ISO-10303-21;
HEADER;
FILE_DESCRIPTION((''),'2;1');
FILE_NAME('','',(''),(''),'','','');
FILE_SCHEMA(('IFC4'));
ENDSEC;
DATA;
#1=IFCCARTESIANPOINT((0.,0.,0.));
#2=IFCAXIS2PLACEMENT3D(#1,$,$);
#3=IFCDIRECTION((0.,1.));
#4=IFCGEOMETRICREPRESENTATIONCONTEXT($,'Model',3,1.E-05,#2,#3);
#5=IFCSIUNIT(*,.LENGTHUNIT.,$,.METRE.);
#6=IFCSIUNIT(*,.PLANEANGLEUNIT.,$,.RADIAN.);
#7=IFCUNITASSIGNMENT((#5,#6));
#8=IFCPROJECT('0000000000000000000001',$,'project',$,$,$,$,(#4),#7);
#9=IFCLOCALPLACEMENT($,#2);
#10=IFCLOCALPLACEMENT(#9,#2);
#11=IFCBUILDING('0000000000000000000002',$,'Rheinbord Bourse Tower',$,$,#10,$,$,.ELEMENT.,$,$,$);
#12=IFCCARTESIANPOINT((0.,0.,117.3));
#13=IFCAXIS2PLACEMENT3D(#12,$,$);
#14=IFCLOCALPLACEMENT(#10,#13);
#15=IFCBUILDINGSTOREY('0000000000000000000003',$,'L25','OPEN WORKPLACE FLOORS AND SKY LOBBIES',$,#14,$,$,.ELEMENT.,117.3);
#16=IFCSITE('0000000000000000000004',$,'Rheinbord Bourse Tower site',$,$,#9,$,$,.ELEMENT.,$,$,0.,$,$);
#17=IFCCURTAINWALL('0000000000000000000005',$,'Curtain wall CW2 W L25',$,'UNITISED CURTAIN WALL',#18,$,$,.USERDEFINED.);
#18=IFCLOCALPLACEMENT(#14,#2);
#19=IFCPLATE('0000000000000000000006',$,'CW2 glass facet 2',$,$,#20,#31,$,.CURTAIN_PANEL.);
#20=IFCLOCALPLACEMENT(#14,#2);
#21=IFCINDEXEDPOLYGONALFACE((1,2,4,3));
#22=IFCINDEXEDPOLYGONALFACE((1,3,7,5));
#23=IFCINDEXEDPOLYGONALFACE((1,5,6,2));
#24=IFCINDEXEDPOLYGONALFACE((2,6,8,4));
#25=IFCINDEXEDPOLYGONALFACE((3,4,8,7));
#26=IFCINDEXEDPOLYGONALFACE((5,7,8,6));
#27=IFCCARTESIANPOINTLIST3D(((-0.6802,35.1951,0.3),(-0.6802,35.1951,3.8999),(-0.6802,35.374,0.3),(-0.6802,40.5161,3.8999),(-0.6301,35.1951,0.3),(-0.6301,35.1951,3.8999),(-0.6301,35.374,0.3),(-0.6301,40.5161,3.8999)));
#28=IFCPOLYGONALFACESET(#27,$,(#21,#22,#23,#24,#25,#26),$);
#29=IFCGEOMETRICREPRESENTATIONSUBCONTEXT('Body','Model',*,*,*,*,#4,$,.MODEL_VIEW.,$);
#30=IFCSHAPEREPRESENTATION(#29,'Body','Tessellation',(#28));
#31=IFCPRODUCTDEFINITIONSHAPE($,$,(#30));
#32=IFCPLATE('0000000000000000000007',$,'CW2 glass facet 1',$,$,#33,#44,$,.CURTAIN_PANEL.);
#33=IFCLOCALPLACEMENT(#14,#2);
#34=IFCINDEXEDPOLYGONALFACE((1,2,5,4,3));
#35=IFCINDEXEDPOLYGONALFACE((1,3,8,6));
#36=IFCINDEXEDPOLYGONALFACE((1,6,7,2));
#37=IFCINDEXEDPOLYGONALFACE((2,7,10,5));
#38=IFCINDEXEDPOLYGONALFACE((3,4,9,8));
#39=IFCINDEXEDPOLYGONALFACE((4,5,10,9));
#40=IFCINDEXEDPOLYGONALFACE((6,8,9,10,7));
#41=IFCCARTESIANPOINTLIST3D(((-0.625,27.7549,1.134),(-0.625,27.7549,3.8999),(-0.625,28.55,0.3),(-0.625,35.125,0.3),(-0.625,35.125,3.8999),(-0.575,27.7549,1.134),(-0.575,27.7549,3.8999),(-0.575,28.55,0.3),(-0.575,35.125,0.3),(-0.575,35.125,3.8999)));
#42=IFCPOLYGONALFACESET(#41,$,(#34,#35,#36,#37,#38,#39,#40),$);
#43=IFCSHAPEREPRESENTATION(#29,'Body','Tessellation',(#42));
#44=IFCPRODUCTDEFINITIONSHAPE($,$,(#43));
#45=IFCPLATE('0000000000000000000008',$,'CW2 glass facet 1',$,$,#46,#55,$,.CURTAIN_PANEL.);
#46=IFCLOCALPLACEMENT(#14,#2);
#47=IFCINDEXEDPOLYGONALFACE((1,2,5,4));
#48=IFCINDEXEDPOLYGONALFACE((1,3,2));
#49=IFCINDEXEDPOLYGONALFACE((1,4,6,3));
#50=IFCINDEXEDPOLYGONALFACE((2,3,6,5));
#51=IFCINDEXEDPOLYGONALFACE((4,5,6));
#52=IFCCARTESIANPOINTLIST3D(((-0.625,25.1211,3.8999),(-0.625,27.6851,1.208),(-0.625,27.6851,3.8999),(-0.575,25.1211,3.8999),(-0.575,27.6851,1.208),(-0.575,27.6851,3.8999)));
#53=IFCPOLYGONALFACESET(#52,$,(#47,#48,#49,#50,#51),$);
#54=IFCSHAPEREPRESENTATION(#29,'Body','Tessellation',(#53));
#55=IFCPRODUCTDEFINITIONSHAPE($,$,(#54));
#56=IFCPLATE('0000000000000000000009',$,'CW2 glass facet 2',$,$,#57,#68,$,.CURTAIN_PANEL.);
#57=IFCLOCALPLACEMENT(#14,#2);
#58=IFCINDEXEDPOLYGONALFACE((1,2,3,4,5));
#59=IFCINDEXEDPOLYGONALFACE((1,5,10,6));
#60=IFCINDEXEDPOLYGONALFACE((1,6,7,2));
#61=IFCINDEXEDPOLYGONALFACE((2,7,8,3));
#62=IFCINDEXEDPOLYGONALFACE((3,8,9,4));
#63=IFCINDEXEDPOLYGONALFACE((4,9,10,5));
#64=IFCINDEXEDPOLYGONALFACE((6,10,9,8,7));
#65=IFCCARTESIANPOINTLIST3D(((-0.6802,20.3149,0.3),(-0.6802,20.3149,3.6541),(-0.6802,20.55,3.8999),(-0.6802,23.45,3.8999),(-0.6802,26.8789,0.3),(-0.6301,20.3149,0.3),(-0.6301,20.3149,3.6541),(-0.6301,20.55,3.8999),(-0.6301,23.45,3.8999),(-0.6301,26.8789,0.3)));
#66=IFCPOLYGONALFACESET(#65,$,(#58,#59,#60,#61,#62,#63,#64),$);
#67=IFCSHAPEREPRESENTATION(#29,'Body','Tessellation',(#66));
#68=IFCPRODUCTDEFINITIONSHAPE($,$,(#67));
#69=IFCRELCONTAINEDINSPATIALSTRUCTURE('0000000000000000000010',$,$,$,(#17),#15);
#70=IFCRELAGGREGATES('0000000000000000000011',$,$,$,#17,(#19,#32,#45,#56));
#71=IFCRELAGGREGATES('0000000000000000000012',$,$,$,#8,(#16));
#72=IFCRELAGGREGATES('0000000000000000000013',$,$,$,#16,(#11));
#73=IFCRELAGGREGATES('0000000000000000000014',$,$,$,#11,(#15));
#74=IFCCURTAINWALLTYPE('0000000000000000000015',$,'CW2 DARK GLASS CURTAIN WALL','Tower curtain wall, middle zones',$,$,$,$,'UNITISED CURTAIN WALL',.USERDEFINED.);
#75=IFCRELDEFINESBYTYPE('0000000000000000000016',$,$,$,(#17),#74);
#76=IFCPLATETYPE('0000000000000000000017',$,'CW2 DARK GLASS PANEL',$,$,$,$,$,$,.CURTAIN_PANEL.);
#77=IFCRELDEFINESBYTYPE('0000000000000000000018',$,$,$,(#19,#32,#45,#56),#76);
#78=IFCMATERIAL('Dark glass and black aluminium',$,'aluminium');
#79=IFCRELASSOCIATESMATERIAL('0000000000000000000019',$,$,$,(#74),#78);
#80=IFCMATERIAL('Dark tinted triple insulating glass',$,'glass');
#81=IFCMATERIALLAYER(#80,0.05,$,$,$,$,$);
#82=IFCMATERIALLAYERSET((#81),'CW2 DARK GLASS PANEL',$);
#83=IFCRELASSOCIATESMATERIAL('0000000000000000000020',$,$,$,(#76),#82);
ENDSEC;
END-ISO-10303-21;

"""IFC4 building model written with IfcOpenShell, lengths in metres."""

from ifc_helpers import new_model, si_unit, direction, frame, origin, place, context, subcontext, project, spatial, polyline, outline, extrude, material, layer, layer_set, type_object, element, aggregate, save


model = new_model("IFC4")

# Units and contexts
model_context = context("Model", 3, precision=1e-05, world=origin(), true_north=direction((0.0, 1.0)))
body_context = subcontext(model_context, "Body", "Model", "MODEL_VIEW")
ifc_project = project(units=[si_unit("LENGTHUNIT", "METRE"), si_unit("PLANEANGLEUNIT", "RADIAN")], contexts=[model_context])

# Site, building, storey
site_placement = place(None, origin())
site = spatial("IfcSite", under=ifc_project, at=site_placement, Name="Rheinbord Bourse Tower site", CompositionType="ELEMENT", RefElevation=0.0)
building_placement = place(site_placement, origin())
building = spatial("IfcBuilding", under=site, at=building_placement, Name="Rheinbord Bourse Tower", CompositionType="ELEMENT")
storey_placement = place(building_placement, frame((0.0, 0.0, 117.3)))
storey = spatial("IfcBuildingStorey", under=building, at=storey_placement, Name="L25", Description="OPEN WORKPLACE FLOORS AND SKY LOBBIES", CompositionType="ELEMENT", Elevation=117.3)

# Curtain wall
ifc_material_1 = material(Name="Dark glass and black aluminium", Category="aluminium")
curtain_wall_type = type_object("IfcCurtainWallType", Name="CW2 DARK GLASS CURTAIN WALL", Description="Tower curtain wall, middle zones", ElementType="UNITISED CURTAIN WALL", PredefinedType="USERDEFINED", material=ifc_material_1)
curtain_wall_placement = place(storey_placement, origin())
curtain_wall = element("IfcCurtainWall", 1, at=curtain_wall_placement, inside=storey, type_object=curtain_wall_type, Name="Curtain wall CW2 W L25", ObjectType="UNITISED CURTAIN WALL", PredefinedType="USERDEFINED")

# Plates
ifc_material_2 = material(Name="Dark tinted triple insulating glass", Category="glass")
ifc_layer = layer(ifc_material_2, 0.05)
ifc_layer_set = layer_set([ifc_layer], Name="CW2 DARK GLASS PANEL")
plate_type = type_object("IfcPlateType", Name="CW2 DARK GLASS PANEL", PredefinedType="CURTAIN_PANEL", material=ifc_layer_set)
plate_1_placement = place(storey_placement, frame((-0.6802, 35.1951, 3.8999), z_axis=(1.0, 0.0, 0.0), x_axis=(0.0, 0.0, -1.0)))
plate_1 = element("IfcPlate", 2, at=plate_1_placement, type_object=plate_type, Name="CW2 glass facet 2", PredefinedType="CURTAIN_PANEL", context=body_context, shape_type="SweptSolid", body=[
    extrude(outline(polyline([(0.0, 0.0), (3.5999, 0.0), (3.5999, 0.179), (0.0, 5.321), (0.0, 0.0)])), origin(), (0.0, 0.0, 1.0), 0.05),
])
plate_2_placement = place(storey_placement, frame((-0.625, 35.125, 0.3), z_axis=(1.0, 0.0, 0.0), x_axis=(0.0, 0.0, 1.0)))
plate_2 = element("IfcPlate", 3, at=plate_2_placement, type_object=plate_type, Name="CW2 glass facet 1", PredefinedType="CURTAIN_PANEL", context=body_context, shape_type="SweptSolid", body=[
    extrude(outline(polyline([(0.0, 0.0), (3.5999, 0.0), (3.5999, 7.3701), (0.834, 7.3701), (0.0, 6.575), (0.0, 0.0)])), origin(), (0.0, 0.0, 1.0), 0.05),
])
plate_3_placement = place(storey_placement, frame((-0.625, 27.6851, 3.8999), z_axis=(1.0, 0.0, 0.0), x_axis=(0.0, -1.0, 0.0)))
plate_3 = element("IfcPlate", 4, at=plate_3_placement, type_object=plate_type, Name="CW2 glass facet 1", PredefinedType="CURTAIN_PANEL", context=body_context, shape_type="SweptSolid", body=[
    extrude(outline(polyline([(0.0, 0.0), (2.564, 0.0), (0.0, 2.6919), (0.0, 0.0)])), origin(), (0.0, 0.0, 1.0), 0.05),
])
plate_4_placement = place(storey_placement, frame((-0.6802, 20.3149, 0.3), z_axis=(1.0, 0.0, 0.0), x_axis=(0.0, 1.0, 0.0)))
plate_4 = element("IfcPlate", 5, at=plate_4_placement, type_object=plate_type, Name="CW2 glass facet 2", PredefinedType="CURTAIN_PANEL", context=body_context, shape_type="SweptSolid", body=[
    extrude(outline(polyline([(0.0, 0.0), (6.564, 0.0), (3.135, 3.5999), (0.2351, 3.5999), (0.0, 3.354), (0.0, 0.0)])), origin(), (0.0, 0.0, 1.0), 0.05),
])
aggregate(curtain_wall, [plate_1, plate_2, plate_3, plate_4])

save(model, "model.ifc")
